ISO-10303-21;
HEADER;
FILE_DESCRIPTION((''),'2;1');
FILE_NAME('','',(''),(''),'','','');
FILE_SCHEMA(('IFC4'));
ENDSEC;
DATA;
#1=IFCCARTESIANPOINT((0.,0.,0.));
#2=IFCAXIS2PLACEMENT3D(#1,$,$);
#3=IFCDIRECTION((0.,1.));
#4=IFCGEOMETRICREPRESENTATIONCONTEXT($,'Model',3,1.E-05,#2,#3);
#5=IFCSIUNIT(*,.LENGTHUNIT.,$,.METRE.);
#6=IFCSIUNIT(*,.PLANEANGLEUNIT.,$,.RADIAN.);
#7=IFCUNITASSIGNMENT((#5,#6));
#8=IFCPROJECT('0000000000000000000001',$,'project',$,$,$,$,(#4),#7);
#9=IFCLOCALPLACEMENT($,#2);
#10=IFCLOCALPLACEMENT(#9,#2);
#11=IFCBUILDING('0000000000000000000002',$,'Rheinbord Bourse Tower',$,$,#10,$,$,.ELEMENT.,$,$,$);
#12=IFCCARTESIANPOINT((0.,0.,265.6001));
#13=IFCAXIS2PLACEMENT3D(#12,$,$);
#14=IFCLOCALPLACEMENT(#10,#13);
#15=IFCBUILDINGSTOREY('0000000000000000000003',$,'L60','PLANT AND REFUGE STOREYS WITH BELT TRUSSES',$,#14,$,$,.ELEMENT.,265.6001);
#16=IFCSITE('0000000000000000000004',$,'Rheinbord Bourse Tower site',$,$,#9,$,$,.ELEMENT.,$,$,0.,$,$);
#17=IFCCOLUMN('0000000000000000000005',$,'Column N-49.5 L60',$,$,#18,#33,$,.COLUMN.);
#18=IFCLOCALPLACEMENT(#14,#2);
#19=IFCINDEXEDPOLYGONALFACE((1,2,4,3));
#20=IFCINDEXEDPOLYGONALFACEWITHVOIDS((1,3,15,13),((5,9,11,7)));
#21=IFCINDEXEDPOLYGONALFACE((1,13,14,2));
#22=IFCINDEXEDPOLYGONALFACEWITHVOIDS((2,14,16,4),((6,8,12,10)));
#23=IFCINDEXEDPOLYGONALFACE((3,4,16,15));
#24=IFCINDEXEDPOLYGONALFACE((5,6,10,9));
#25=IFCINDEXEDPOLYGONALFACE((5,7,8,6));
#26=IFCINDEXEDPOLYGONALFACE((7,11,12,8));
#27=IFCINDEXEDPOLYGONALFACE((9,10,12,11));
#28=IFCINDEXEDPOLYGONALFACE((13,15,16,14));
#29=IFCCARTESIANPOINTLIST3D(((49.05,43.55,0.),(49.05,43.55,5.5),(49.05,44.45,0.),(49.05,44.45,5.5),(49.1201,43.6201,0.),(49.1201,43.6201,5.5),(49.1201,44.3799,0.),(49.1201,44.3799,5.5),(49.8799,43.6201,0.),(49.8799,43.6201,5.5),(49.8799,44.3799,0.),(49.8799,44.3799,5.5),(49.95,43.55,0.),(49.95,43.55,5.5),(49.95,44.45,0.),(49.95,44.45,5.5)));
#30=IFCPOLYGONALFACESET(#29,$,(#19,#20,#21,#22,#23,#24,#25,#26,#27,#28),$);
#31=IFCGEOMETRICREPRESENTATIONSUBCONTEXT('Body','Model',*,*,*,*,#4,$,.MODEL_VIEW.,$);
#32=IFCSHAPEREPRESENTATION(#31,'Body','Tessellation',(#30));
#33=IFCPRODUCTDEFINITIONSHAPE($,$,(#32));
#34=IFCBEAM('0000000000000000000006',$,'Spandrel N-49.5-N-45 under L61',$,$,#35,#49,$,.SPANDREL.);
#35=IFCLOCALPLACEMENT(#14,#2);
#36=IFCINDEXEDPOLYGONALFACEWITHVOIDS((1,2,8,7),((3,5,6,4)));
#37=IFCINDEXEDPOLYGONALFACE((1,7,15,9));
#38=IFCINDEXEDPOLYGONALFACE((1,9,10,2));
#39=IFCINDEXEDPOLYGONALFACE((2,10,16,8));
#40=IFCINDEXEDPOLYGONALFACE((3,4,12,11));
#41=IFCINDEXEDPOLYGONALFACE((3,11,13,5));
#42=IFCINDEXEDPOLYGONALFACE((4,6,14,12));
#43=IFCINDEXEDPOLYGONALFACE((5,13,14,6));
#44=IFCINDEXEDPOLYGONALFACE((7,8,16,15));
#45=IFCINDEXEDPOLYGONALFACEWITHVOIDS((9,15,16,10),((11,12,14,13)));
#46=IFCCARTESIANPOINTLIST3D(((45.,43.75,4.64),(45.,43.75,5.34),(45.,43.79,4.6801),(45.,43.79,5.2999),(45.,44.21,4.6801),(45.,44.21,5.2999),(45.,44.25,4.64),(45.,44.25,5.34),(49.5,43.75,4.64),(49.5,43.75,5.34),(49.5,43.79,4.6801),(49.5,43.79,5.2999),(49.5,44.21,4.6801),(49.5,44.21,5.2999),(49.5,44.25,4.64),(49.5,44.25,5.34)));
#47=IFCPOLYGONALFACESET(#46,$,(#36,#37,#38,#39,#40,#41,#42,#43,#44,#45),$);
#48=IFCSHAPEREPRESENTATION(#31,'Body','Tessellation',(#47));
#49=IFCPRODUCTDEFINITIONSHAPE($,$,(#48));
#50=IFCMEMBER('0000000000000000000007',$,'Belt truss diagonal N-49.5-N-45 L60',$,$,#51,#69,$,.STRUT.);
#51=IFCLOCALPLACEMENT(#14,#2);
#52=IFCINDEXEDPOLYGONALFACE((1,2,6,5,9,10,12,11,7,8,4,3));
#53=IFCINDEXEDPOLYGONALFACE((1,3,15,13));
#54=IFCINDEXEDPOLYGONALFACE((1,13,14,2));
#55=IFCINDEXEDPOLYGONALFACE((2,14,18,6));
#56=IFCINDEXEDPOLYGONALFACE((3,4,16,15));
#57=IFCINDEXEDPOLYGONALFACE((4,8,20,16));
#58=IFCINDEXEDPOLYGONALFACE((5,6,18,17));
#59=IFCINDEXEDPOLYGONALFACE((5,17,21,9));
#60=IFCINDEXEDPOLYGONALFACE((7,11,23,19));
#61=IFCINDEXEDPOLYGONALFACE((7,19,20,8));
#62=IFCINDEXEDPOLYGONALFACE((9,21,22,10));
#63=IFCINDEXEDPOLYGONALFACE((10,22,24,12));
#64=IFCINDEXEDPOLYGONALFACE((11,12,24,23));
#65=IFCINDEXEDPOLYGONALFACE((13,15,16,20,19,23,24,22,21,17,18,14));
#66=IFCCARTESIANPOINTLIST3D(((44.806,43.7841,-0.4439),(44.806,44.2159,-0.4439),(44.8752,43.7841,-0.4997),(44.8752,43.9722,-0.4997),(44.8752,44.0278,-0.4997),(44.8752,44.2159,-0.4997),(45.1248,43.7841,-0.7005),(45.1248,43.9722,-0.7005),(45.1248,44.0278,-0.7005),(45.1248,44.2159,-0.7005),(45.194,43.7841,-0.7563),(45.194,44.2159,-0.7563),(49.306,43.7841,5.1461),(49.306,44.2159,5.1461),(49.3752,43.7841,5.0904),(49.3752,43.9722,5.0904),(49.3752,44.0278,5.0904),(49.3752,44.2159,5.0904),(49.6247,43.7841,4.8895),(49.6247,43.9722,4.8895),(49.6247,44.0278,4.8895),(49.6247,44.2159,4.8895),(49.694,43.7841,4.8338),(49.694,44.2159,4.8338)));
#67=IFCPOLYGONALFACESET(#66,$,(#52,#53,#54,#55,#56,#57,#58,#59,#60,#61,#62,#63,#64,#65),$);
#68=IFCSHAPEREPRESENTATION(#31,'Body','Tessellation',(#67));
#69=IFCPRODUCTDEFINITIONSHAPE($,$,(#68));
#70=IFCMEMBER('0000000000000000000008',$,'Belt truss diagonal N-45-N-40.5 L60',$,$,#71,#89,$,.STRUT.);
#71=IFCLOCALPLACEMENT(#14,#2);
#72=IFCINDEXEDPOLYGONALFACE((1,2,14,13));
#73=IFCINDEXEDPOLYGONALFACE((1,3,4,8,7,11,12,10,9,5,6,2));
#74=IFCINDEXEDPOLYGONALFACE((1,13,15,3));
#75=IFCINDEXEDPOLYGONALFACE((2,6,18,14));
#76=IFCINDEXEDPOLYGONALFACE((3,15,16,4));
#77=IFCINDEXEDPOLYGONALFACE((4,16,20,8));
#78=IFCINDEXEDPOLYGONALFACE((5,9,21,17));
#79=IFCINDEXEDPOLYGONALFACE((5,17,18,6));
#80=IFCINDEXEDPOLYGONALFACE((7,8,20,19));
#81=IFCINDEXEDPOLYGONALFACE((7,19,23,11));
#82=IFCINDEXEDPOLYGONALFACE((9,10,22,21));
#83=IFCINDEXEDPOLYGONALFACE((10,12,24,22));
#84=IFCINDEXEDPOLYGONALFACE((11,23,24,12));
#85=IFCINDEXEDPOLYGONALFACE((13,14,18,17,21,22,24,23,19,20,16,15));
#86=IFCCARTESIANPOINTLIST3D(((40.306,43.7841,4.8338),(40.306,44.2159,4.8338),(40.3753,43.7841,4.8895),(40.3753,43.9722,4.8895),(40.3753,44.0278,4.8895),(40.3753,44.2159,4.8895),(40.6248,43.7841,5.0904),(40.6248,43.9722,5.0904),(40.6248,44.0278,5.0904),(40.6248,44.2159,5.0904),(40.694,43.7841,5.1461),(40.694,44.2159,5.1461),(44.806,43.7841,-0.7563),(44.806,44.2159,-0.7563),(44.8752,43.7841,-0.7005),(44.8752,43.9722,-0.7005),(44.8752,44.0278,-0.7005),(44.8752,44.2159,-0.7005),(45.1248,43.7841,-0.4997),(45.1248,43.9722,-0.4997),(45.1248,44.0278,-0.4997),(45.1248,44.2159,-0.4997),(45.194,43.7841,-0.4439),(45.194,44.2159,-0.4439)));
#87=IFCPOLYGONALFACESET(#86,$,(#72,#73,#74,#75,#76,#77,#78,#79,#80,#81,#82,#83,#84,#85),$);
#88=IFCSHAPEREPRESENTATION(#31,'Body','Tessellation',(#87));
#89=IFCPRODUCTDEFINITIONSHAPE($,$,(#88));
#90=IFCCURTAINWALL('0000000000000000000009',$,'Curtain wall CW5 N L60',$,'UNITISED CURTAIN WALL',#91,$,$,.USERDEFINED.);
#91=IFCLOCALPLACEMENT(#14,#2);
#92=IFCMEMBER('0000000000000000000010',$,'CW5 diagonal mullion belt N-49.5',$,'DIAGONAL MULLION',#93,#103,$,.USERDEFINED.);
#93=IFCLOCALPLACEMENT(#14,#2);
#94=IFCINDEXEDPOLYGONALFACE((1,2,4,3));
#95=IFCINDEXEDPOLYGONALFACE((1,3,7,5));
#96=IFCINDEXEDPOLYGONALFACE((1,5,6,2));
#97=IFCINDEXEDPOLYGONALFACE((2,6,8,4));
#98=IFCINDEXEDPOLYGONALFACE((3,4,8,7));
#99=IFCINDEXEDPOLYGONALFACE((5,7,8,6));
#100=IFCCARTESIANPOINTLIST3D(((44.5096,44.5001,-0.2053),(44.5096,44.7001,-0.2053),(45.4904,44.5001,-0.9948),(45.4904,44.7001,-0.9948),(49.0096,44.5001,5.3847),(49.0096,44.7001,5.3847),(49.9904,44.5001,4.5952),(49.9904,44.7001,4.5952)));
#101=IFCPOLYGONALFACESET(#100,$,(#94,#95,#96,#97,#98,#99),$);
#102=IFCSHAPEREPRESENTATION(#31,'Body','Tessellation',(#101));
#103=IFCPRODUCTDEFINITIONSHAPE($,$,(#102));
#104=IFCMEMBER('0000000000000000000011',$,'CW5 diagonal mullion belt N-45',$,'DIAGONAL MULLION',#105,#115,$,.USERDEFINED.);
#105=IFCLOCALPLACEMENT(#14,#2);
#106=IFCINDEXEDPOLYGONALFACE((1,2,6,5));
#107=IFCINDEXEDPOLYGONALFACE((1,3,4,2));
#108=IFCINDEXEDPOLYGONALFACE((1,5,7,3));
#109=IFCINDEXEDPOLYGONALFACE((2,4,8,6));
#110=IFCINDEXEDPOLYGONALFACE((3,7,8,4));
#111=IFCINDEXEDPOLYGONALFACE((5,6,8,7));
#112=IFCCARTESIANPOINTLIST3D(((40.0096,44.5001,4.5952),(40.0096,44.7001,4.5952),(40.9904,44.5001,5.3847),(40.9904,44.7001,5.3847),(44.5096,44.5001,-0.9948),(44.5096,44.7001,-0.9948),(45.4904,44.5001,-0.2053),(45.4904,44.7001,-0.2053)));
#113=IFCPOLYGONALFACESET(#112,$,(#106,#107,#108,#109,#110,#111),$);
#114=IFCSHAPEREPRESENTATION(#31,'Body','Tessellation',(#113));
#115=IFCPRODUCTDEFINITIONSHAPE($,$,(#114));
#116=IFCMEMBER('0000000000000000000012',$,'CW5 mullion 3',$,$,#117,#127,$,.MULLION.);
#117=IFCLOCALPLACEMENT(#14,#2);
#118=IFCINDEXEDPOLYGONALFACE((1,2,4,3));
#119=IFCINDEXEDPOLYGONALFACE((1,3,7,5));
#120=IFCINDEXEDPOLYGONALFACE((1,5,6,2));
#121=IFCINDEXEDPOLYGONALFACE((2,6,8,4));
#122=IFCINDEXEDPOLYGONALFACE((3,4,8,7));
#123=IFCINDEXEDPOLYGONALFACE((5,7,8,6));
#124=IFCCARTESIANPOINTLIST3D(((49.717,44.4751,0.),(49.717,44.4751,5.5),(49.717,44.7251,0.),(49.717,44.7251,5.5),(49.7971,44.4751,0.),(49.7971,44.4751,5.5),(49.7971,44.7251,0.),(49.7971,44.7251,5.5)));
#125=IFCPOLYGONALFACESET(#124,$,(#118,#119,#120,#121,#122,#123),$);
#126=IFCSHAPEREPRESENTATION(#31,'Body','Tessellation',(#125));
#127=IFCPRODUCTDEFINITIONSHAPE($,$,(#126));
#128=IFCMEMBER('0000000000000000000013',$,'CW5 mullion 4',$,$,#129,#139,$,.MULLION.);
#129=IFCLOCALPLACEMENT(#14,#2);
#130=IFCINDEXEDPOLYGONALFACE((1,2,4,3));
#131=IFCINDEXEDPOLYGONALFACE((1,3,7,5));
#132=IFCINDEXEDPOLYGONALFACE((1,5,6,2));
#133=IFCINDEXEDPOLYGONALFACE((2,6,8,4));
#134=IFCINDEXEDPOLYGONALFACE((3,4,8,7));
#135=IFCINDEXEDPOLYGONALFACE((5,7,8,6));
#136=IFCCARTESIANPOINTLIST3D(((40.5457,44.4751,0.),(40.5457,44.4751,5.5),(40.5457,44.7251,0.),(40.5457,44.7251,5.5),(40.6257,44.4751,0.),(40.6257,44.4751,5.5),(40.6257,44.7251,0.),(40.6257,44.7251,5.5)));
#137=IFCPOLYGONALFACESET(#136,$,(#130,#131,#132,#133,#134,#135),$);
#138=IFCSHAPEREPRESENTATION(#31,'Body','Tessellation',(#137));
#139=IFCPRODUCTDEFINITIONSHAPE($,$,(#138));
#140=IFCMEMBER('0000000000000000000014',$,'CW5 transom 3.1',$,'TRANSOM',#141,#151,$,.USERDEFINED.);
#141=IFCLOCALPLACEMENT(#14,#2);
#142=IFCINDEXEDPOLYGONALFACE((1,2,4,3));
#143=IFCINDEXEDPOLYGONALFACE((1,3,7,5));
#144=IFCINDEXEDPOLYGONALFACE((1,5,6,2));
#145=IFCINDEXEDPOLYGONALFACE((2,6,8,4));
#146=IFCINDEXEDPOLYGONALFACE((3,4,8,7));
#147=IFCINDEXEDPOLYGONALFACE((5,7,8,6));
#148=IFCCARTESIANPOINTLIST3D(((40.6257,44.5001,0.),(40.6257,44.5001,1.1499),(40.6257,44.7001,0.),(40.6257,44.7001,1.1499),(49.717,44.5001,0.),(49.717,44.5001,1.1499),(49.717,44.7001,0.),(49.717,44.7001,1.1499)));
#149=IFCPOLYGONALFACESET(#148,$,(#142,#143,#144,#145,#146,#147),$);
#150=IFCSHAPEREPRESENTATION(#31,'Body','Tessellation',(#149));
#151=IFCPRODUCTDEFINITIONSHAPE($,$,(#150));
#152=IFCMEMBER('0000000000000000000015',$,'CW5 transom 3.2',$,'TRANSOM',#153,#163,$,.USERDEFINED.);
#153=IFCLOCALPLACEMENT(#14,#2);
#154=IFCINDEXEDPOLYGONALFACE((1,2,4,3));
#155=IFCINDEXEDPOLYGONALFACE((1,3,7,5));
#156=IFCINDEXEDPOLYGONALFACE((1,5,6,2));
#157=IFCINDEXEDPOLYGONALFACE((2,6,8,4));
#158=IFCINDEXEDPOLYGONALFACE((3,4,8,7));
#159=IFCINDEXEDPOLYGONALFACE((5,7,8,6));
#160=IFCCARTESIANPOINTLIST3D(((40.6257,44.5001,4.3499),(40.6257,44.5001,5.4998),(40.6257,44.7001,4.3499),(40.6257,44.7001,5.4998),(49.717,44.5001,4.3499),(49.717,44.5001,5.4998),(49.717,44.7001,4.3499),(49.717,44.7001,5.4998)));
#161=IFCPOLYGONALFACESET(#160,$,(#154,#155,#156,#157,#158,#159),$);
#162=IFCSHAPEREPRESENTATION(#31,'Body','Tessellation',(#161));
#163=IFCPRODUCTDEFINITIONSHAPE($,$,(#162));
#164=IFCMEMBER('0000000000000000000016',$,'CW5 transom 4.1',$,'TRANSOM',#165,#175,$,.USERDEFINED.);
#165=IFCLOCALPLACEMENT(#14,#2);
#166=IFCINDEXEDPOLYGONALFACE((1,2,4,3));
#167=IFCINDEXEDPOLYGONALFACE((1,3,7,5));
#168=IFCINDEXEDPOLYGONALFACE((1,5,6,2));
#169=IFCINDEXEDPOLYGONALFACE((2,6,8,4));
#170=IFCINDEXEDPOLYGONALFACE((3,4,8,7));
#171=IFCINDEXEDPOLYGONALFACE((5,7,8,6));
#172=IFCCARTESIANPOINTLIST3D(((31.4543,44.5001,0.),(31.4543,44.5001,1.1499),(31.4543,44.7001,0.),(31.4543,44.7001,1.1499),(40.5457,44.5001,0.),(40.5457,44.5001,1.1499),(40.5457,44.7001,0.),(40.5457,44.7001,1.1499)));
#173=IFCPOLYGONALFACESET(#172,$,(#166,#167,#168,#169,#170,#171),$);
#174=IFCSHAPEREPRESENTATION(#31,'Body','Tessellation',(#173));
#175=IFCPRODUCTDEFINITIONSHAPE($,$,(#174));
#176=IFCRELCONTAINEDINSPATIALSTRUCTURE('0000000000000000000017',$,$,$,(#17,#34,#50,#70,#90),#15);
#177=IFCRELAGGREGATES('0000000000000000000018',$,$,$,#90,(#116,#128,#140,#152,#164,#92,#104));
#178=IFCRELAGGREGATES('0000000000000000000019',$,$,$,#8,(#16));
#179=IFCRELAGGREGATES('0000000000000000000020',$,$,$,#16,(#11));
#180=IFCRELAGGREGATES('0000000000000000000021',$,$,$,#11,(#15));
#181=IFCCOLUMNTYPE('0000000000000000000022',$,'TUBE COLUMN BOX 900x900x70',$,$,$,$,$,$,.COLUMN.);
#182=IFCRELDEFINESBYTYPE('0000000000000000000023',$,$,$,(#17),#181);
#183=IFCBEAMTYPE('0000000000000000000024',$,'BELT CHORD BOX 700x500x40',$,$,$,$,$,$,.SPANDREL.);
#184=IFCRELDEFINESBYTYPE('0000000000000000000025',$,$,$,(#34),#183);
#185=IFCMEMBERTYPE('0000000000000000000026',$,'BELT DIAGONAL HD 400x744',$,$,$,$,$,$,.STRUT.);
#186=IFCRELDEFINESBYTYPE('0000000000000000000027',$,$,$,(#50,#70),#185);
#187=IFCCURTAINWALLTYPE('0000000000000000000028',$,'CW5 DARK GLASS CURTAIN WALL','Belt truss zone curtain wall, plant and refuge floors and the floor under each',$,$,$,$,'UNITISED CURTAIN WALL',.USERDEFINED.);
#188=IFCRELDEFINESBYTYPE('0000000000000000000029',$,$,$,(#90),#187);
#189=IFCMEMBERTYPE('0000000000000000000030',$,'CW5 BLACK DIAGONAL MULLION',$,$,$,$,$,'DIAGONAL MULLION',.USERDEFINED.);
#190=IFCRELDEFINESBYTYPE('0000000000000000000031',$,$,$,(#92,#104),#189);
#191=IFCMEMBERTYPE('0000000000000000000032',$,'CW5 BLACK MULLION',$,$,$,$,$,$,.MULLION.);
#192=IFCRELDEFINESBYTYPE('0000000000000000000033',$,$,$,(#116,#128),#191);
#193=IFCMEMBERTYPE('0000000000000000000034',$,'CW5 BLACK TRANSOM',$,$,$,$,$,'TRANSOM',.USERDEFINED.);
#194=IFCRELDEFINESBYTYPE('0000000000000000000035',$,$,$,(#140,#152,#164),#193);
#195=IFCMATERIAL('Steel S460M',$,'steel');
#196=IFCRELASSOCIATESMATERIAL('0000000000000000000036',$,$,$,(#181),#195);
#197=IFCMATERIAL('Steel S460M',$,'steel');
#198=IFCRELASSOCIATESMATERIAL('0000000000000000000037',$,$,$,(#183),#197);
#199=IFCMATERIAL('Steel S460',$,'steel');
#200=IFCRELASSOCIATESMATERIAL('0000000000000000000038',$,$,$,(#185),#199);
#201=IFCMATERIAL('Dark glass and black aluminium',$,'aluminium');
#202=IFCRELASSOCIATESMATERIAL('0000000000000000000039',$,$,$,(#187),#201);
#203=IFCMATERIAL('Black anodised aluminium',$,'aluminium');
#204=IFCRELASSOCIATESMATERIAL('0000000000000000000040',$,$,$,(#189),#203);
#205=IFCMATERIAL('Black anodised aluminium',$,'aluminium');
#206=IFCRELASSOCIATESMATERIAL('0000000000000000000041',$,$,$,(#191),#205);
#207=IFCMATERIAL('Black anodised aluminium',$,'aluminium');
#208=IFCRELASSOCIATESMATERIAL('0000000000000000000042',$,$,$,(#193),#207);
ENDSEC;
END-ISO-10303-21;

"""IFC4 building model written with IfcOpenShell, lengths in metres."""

from ifc_helpers import new_model, si_unit, direction, frame, origin, origin_2d, place, context, subcontext, project, spatial, rectangle, hollow_rectangle, i_section, extrude, material, material_profile, profile_set, type_object, element, aggregate, save


model = new_model("IFC4")

# Units and contexts
model_context = context("Model", 3, precision=1e-05, world=origin(), true_north=direction((0.0, 1.0)))
body_context = subcontext(model_context, "Body", "Model", "MODEL_VIEW")
ifc_project = project(units=[si_unit("LENGTHUNIT", "METRE"), si_unit("PLANEANGLEUNIT", "RADIAN")], contexts=[model_context])

# Site, building, storey
site_placement = place(None, origin())
site = spatial("IfcSite", under=ifc_project, at=site_placement, Name="Rheinbord Bourse Tower site", CompositionType="ELEMENT", RefElevation=0.0)
building_placement = place(site_placement, origin())
building = spatial("IfcBuilding", under=site, at=building_placement, Name="Rheinbord Bourse Tower", CompositionType="ELEMENT")
storey_placement = place(building_placement, frame((0.0, 0.0, 265.6001)))
storey = spatial("IfcBuildingStorey", under=building, at=storey_placement, Name="L60", Description="PLANT AND REFUGE STOREYS WITH BELT TRUSSES", CompositionType="ELEMENT", Elevation=265.6001)

# Column
ifc_material_1 = material(Name="Steel S460M", Category="steel")
ifc_material_profile_1 = material_profile(ifc_material_1, hollow_rectangle(XDim=0.8999, YDim=0.8999, WallThickness=0.0701, at=origin_2d()), Name="BOX 900x900x70")
ifc_profile_set_1 = profile_set([ifc_material_profile_1], Name="Steel S460M")
column_type = type_object("IfcColumnType", Name="TUBE COLUMN BOX 900x900x70", PredefinedType="COLUMN", material=ifc_profile_set_1)
column_placement = place(storey_placement, frame((49.5, 44.0, 0.0), z_axis=(0.0, 0.0, 1.0), x_axis=(0.0, 1.0, 0.0)))
element("IfcColumn", 1, at=column_placement, inside=storey, type_object=column_type, Name="Column N-49.5 L60", PredefinedType="COLUMN", context=body_context, shape_type="SweptSolid", body=[
    extrude(hollow_rectangle(XDim=0.8999, YDim=0.8999, WallThickness=0.0701, at=origin_2d()), origin(), (0.0, 0.0, 1.0), 5.5),
])

# Beam
ifc_material_2 = material(Name="Steel S460M", Category="steel")
ifc_material_profile_2 = material_profile(ifc_material_2, hollow_rectangle(XDim=0.5, YDim=0.7, WallThickness=0.04, at=origin_2d()), Name="BOX 700x500x40")
ifc_profile_set_2 = profile_set([ifc_material_profile_2], Name="Steel S460M")
beam_type_1 = type_object("IfcBeamType", Name="BELT CHORD BOX 700x500x40", PredefinedType="SPANDREL", material=ifc_profile_set_2)
beam_placement = place(storey_placement, frame((49.5, 44.0, 4.99), z_axis=(-1.0, 0.0, 0.0), x_axis=(0.0, -1.0, 0.0)))
element("IfcBeam", 2, at=beam_placement, inside=storey, type_object=beam_type_1, Name="Spandrel N-49.5-N-45 under L61", PredefinedType="SPANDREL", context=body_context, shape_type="SweptSolid", body=[
    extrude(hollow_rectangle(XDim=0.5, YDim=0.7, WallThickness=0.04, at=origin_2d()), origin(), (0.0, 0.0, 1.0), 4.5),
])

# Members
ifc_material_3 = material(Name="Steel S460", Category="steel")
ifc_material_profile_3 = material_profile(ifc_material_3, i_section(OverallWidth=0.4319, OverallDepth=0.498, WebThickness=0.0557, FlangeThickness=0.0889, at=origin_2d()), Name="HD 400x744")
ifc_profile_set_3 = profile_set([ifc_material_profile_3], Name="Steel S460")
member_type_1 = type_object("IfcMemberType", Name="BELT DIAGONAL HD 400x744", PredefinedType="STRUT", material=ifc_profile_set_3)
for number, where, z_axis, x_axis, name in (
    (3, (45.0, 44.0, -0.6001), (0.627065, 0.0, 0.778967), (0.0, 1.0, 0.0), "Belt truss diagonal N-49.5-N-45 L60"),
    (4, (45.0, 44.0, -0.6001), (-0.627065, 0.0, 0.778967), (0.0, -1.0, 0.0), "Belt truss diagonal N-45-N-40.5 L60"),
):
    element("IfcMember", number, at=place(storey_placement, frame(where, z_axis=z_axis, x_axis=x_axis)), inside=storey, type_object=member_type_1, Name=name, PredefinedType="STRUT", context=body_context, shape_type="SweptSolid", body=[
        extrude(i_section(OverallWidth=0.4319, OverallDepth=0.498, WebThickness=0.0557, FlangeThickness=0.0889, at=origin_2d()), origin(), (0.0, 0.0, 1.0), 7.1763),
    ])

# Curtain wall, members
ifc_material_4 = material(Name="Dark glass and black aluminium", Category="aluminium")
curtain_wall_type = type_object("IfcCurtainWallType", Name="CW5 DARK GLASS CURTAIN WALL", Description="Belt truss zone curtain wall, plant and refuge floors and the floor under each", ElementType="UNITISED CURTAIN WALL", PredefinedType="USERDEFINED", material=ifc_material_4)
curtain_wall_placement = place(storey_placement, origin())
curtain_wall = element("IfcCurtainWall", 5, at=curtain_wall_placement, inside=storey, type_object=curtain_wall_type, Name="Curtain wall CW5 N L60", ObjectType="UNITISED CURTAIN WALL", PredefinedType="USERDEFINED")
ifc_material_5 = material(Name="Black anodised aluminium", Category="aluminium")
ifc_material_profile_4 = material_profile(ifc_material_5, rectangle(XDim=0.2, YDim=1.259, at=origin_2d()), Name="CW5 DIAGONAL MULLION 1259x200")
ifc_profile_set_4 = profile_set([ifc_material_profile_4], Name="Black anodised aluminium")
member_type_2 = type_object("IfcMemberType", Name="CW5 BLACK DIAGONAL MULLION", ElementType="DIAGONAL MULLION", PredefinedType="USERDEFINED", material=ifc_profile_set_4)
member_1_placement = place(storey_placement, frame((45.0, 44.6001, -0.6001), z_axis=(0.627065, 0.0, 0.778967), x_axis=(0.0, 1.0, 0.0)))
member_1 = element("IfcMember", 6, at=member_1_placement, type_object=member_type_2, Name="CW5 diagonal mullion belt N-49.5", ObjectType="DIAGONAL MULLION", PredefinedType="USERDEFINED", context=body_context, shape_type="SweptSolid", body=[
    extrude(rectangle(XDim=0.2, YDim=1.259, at=origin_2d()), origin(), (0.0, 0.0, 1.0), 7.1763),
])
member_2_placement = place(storey_placement, frame((45.0, 44.6001, -0.6001), z_axis=(-0.627065, 0.0, 0.778967), x_axis=(0.0, -1.0, 0.0)))
member_2 = element("IfcMember", 7, at=member_2_placement, type_object=member_type_2, Name="CW5 diagonal mullion belt N-45", ObjectType="DIAGONAL MULLION", PredefinedType="USERDEFINED", context=body_context, shape_type="SweptSolid", body=[
    extrude(rectangle(XDim=0.2, YDim=1.259, at=origin_2d()), origin(), (0.0, 0.0, 1.0), 7.1763),
])
ifc_material_6 = material(Name="Black anodised aluminium", Category="aluminium")
ifc_material_profile_5 = material_profile(ifc_material_6, rectangle(XDim=0.25, YDim=0.0801, at=origin_2d()), Name="CW5 MULLION 80x250")
ifc_profile_set_5 = profile_set([ifc_material_profile_5], Name="Black anodised aluminium")
member_type_3 = type_object("IfcMemberType", Name="CW5 BLACK MULLION", PredefinedType="MULLION", material=ifc_profile_set_5)
member_3_placement = place(storey_placement, frame((49.7571, 44.6001, 0.0), z_axis=(0.0, 0.0, 1.0), x_axis=(0.0, -1.0, 0.0)))
member_3 = element("IfcMember", 8, at=member_3_placement, type_object=member_type_3, Name="CW5 mullion 3", PredefinedType="MULLION", context=body_context, shape_type="SweptSolid", body=[
    extrude(rectangle(XDim=0.25, YDim=0.0801, at=origin_2d()), origin(), (0.0, 0.0, 1.0), 5.5),
])
member_4_placement = place(storey_placement, frame((40.5857, 44.6001, 0.0), z_axis=(0.0, 0.0, 1.0), x_axis=(0.0, -1.0, 0.0)))
member_4 = element("IfcMember", 9, at=member_4_placement, type_object=member_type_3, Name="CW5 mullion 4", PredefinedType="MULLION", context=body_context, shape_type="SweptSolid", body=[
    extrude(rectangle(XDim=0.25, YDim=0.0801, at=origin_2d()), origin(), (0.0, 0.0, 1.0), 5.5),
])
ifc_material_7 = material(Name="Black anodised aluminium", Category="aluminium")
ifc_material_profile_6 = material_profile(ifc_material_7, rectangle(XDim=0.2, YDim=1.1499, at=origin_2d()), Name="CW5 TRANSOM 1150x200")
ifc_profile_set_6 = profile_set([ifc_material_profile_6], Name="Black anodised aluminium")
member_type_4 = type_object("IfcMemberType", Name="CW5 BLACK TRANSOM", ElementType="TRANSOM", PredefinedType="USERDEFINED", material=ifc_profile_set_6)
member_5_placement = place(storey_placement, frame((49.717, 44.6001, 0.575), z_axis=(-1.0, 0.0, 0.0), x_axis=(0.0, -1.0, 0.0)))
member_5 = element("IfcMember", 10, at=member_5_placement, type_object=member_type_4, Name="CW5 transom 3.1", ObjectType="TRANSOM", PredefinedType="USERDEFINED", context=body_context, shape_type="SweptSolid", body=[
    extrude(rectangle(XDim=0.2, YDim=1.1499, at=origin_2d()), origin(), (0.0, 0.0, 1.0), 9.0913),
])
member_6_placement = place(storey_placement, frame((49.717, 44.6001, 4.9248), z_axis=(-1.0, 0.0, 0.0), x_axis=(0.0, -1.0, 0.0)))
member_6 = element("IfcMember", 11, at=member_6_placement, type_object=member_type_4, Name="CW5 transom 3.2", ObjectType="TRANSOM", PredefinedType="USERDEFINED", context=body_context, shape_type="SweptSolid", body=[
    extrude(rectangle(XDim=0.2, YDim=1.1499, at=origin_2d()), origin(), (0.0, 0.0, 1.0), 9.0913),
])
member_7_placement = place(storey_placement, frame((40.5457, 44.6001, 0.575), z_axis=(-1.0, 0.0, 0.0), x_axis=(0.0, -1.0, 0.0)))
member_7 = element("IfcMember", 12, at=member_7_placement, type_object=member_type_4, Name="CW5 transom 4.1", ObjectType="TRANSOM", PredefinedType="USERDEFINED", context=body_context, shape_type="SweptSolid", body=[
    extrude(rectangle(XDim=0.2, YDim=1.1499, at=origin_2d()), origin(), (0.0, 0.0, 1.0), 9.0913),
])

aggregate(curtain_wall, [member_3, member_4, member_5, member_6, member_7, member_1, member_2])

save(model, "model.ifc")
